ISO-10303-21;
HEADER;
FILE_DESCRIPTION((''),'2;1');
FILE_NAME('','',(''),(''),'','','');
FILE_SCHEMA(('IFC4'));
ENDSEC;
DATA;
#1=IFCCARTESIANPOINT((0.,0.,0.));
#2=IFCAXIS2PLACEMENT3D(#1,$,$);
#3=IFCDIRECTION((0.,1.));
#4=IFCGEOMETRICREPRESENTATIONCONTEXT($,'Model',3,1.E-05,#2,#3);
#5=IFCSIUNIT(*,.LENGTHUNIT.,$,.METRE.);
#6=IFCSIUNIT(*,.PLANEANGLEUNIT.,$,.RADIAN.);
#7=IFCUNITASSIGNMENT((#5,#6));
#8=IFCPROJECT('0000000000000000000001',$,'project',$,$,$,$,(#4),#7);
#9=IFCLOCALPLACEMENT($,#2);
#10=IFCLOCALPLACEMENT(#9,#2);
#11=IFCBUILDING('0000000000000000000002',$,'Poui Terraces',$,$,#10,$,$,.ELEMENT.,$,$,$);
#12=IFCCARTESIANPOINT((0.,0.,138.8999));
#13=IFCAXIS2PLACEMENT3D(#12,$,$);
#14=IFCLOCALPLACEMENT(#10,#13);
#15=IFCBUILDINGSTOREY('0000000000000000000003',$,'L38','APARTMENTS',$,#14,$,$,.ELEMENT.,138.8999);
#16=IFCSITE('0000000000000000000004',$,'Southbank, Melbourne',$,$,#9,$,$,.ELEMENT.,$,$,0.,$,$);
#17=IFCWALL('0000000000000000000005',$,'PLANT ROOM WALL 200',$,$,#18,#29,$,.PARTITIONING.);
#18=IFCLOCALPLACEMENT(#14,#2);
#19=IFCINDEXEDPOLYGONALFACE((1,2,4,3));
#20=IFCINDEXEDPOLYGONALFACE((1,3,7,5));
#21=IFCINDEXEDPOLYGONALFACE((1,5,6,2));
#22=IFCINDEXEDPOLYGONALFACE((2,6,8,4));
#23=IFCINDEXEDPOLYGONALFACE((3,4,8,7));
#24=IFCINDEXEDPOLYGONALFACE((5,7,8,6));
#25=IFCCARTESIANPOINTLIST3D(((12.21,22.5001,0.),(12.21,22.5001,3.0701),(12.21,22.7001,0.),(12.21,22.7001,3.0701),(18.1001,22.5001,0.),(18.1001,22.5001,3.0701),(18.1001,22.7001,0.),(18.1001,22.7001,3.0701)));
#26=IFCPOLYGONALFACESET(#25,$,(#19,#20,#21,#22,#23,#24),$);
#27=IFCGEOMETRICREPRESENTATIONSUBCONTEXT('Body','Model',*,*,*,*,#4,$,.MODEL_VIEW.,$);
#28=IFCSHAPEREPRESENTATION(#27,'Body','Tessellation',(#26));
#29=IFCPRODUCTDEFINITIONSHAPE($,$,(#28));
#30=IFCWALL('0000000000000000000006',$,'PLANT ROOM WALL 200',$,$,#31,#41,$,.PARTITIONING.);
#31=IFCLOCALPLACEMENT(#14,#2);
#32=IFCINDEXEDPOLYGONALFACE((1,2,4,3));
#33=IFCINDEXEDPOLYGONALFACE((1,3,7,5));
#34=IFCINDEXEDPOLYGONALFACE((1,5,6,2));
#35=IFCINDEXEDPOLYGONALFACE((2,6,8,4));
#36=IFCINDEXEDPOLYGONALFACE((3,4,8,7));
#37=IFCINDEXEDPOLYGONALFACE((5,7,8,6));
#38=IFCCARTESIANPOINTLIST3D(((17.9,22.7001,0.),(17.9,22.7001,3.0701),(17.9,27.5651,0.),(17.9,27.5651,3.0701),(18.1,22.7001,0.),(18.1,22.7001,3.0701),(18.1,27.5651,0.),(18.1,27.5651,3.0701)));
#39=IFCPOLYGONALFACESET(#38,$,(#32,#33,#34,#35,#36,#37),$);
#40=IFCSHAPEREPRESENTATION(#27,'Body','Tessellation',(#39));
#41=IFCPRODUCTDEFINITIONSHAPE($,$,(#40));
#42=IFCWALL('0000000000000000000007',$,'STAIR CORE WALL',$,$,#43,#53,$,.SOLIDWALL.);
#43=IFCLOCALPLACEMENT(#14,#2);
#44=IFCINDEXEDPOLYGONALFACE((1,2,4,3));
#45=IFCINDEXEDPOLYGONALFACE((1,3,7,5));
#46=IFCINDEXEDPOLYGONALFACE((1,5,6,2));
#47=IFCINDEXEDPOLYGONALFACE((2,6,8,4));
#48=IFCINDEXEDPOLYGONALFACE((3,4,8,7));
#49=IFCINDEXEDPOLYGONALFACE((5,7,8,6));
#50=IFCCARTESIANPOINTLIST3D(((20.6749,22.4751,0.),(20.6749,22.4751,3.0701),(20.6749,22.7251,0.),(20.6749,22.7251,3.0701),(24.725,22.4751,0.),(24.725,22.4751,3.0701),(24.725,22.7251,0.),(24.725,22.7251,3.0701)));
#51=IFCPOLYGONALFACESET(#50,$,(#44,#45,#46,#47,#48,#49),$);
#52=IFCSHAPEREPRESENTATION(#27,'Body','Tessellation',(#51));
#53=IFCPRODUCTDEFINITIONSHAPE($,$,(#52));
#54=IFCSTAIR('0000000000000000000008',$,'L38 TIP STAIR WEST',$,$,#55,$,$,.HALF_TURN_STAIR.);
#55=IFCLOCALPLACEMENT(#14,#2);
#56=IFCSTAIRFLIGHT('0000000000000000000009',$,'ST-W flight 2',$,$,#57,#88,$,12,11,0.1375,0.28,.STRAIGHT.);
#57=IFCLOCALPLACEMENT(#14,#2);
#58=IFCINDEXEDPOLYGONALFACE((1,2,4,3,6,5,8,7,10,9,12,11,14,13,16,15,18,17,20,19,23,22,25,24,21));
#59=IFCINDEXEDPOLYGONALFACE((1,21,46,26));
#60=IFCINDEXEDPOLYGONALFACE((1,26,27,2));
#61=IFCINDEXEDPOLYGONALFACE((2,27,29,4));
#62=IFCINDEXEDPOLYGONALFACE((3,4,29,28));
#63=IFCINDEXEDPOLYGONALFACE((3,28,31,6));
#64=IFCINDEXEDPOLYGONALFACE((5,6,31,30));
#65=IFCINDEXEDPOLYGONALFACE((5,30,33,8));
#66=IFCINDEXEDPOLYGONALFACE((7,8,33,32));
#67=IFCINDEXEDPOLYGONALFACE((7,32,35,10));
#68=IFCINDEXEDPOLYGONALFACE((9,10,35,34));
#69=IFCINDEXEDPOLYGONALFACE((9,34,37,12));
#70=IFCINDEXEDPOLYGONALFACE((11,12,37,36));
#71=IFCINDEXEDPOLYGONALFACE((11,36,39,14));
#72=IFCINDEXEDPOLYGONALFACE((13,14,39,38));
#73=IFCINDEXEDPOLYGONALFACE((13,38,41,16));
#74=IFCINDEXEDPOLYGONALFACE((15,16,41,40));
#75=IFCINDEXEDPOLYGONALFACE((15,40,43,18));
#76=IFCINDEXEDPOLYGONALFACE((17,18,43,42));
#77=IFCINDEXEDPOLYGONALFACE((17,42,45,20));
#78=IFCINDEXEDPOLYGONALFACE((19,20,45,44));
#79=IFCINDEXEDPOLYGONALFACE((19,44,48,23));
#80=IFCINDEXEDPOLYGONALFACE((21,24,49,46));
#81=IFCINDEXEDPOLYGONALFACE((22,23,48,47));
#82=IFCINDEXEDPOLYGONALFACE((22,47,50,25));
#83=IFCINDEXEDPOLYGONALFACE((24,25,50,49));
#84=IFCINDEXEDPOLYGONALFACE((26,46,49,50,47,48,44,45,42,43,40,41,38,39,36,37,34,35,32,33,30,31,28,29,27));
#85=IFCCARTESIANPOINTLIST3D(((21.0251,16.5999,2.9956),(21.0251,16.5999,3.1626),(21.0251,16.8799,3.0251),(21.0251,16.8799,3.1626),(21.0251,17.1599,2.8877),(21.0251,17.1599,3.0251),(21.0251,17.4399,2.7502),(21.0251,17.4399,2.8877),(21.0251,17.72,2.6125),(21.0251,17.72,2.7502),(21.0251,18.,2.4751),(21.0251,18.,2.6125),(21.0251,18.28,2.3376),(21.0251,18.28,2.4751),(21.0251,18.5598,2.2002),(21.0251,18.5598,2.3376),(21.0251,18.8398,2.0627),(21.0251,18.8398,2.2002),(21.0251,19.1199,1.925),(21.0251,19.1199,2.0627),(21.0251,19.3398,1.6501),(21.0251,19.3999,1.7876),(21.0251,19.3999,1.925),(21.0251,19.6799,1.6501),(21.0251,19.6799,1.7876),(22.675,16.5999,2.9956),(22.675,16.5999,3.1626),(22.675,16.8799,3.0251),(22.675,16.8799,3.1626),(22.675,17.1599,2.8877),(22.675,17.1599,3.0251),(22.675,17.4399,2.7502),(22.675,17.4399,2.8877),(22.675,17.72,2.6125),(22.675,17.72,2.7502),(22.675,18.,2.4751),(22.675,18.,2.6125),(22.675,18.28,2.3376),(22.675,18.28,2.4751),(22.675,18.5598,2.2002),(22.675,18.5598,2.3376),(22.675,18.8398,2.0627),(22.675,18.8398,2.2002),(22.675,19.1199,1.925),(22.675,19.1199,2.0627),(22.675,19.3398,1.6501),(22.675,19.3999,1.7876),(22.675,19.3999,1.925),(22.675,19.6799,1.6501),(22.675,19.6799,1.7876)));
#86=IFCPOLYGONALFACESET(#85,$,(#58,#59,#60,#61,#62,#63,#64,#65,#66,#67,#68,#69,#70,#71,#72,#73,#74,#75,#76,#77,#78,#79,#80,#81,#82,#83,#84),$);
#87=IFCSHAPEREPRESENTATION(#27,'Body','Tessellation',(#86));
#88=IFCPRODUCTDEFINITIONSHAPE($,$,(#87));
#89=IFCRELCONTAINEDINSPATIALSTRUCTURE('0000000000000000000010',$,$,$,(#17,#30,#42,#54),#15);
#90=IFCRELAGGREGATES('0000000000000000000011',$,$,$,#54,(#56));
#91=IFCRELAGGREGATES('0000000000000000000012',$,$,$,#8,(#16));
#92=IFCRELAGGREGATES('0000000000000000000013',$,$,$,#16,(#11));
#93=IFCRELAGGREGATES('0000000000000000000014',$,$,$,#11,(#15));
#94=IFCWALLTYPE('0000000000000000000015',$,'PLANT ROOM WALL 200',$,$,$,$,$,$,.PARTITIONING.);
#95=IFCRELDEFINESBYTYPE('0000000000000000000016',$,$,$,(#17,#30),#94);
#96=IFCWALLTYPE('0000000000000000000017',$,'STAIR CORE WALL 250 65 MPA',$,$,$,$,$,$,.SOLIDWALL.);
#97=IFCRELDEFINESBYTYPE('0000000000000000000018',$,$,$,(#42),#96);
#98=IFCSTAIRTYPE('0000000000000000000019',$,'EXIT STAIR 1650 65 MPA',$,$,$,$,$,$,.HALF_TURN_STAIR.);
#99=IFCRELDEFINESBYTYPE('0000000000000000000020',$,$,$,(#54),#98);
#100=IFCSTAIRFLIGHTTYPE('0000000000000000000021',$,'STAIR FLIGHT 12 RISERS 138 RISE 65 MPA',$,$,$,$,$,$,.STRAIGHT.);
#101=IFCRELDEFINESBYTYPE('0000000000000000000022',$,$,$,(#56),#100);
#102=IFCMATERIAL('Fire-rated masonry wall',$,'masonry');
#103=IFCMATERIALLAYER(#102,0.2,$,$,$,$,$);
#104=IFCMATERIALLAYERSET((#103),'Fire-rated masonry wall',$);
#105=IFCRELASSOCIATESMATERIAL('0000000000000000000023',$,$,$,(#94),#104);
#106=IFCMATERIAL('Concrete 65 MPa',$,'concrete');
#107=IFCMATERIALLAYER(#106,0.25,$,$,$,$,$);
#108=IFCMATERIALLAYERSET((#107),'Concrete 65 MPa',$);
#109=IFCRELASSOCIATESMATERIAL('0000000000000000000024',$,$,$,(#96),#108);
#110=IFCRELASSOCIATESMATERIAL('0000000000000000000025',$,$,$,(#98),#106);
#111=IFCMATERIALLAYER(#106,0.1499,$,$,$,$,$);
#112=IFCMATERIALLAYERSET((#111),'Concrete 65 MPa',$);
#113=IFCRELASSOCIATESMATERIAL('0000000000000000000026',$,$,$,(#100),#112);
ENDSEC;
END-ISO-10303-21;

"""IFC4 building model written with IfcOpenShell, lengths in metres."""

from ifc_helpers import new_model, si_unit, direction, frame, frame_2d, origin, place, context, subcontext, project, spatial, polyline, rectangle, outline, extrude, material, layer, layer_set, type_object, element, aggregate, save


model = new_model("IFC4")

# Units and contexts
model_context = context("Model", 3, precision=1e-05, world=origin(), true_north=direction((0.0, 1.0)))
body_context = subcontext(model_context, "Body", "Model", "MODEL_VIEW")
ifc_project = project(units=[si_unit("LENGTHUNIT", "METRE"), si_unit("PLANEANGLEUNIT", "RADIAN")], contexts=[model_context])

# Site, building, storey
site_placement = place(None, origin())
site = spatial("IfcSite", under=ifc_project, at=site_placement, Name="Southbank, Melbourne", CompositionType="ELEMENT", RefElevation=0.0)
building_placement = place(site_placement, origin())
building = spatial("IfcBuilding", under=site, at=building_placement, Name="Poui Terraces", CompositionType="ELEMENT")
storey_placement = place(building_placement, frame((0.0, 0.0, 138.8999)))
storey = spatial("IfcBuildingStorey", under=building, at=storey_placement, Name="L38", Description="APARTMENTS", CompositionType="ELEMENT", Elevation=138.8999)

# Walls
ifc_material_1 = material(Name="Fire-rated masonry wall", Category="masonry")
ifc_layer_1 = layer(ifc_material_1, 0.2)
ifc_layer_set_1 = layer_set([ifc_layer_1], Name="Fire-rated masonry wall")
wall_type_1 = type_object("IfcWallType", Name="PLANT ROOM WALL 200", PredefinedType="PARTITIONING", material=ifc_layer_set_1)
wall_1_placement = place(storey_placement, frame((12.21, 22.6001, 0.0), z_axis=(0.0, 0.0, 1.0), x_axis=(1.0, 0.0, 0.0)))
element("IfcWall", 1, at=wall_1_placement, inside=storey, type_object=wall_type_1, Name="PLANT ROOM WALL 200", PredefinedType="PARTITIONING", context=body_context, shape_type="SweptSolid", body=[
    extrude(rectangle(XDim=5.8901, YDim=0.2, at=frame_2d((2.9451, 0.0))), origin(), (0.0, 0.0, 1.0), 3.0701),
])
wall_2_placement = place(storey_placement, frame((18.0, 22.7, 0.0), z_axis=(0.0, 0.0, 1.0), x_axis=(0.0, 1.0, 0.0)))
element("IfcWall", 2, at=wall_2_placement, inside=storey, type_object=wall_type_1, Name="PLANT ROOM WALL 200", PredefinedType="PARTITIONING", context=body_context, shape_type="SweptSolid", body=[
    extrude(rectangle(XDim=4.865, YDim=0.2, at=frame_2d((2.4326, 0.0))), origin(), (0.0, 0.0, 1.0), 3.0701),
])
ifc_material_2 = material(Name="Concrete 65 MPa", Category="concrete")
ifc_layer_2 = layer(ifc_material_2, 0.25)
ifc_layer_set_2 = layer_set([ifc_layer_2], Name="Concrete 65 MPa")
wall_type_2 = type_object("IfcWallType", Name="STAIR CORE WALL 250 65 MPA", PredefinedType="SOLIDWALL", material=ifc_layer_set_2)
wall_3_placement = place(storey_placement, frame((20.675, 22.6001, 0.0), z_axis=(0.0, 0.0, 1.0), x_axis=(1.0, 0.0, 0.0)))
element("IfcWall", 3, at=wall_3_placement, inside=storey, type_object=wall_type_2, Name="STAIR CORE WALL", PredefinedType="SOLIDWALL", context=body_context, shape_type="SweptSolid", body=[
    extrude(rectangle(XDim=4.05, YDim=0.25, at=frame_2d((2.0249, 0.0))), origin(), (0.0, 0.0, 1.0), 3.0701),
])

# Stair, stair flight
stair_type = type_object("IfcStairType", Name="EXIT STAIR 1650 65 MPA", PredefinedType="HALF_TURN_STAIR", material=ifc_material_2)
stair_placement = place(storey_placement, origin())
stair = element("IfcStair", 4, at=stair_placement, inside=storey, type_object=stair_type, Name="L38 TIP STAIR WEST", PredefinedType="HALF_TURN_STAIR")
ifc_layer_3 = layer(ifc_material_2, 0.1499)
ifc_layer_set_3 = layer_set([ifc_layer_3], Name="Concrete 65 MPa")
stair_flight_type = type_object("IfcStairFlightType", Name="STAIR FLIGHT 12 RISERS 138 RISE 65 MPA", PredefinedType="STRAIGHT", material=ifc_layer_set_3)
stair_flight_placement = place(storey_placement, frame((21.8501, 19.6799, 1.6501), z_axis=(0.0, 0.0, 1.0), x_axis=(0.0, -1.0, 0.0)))
stair_flight = element("IfcStairFlight", 5, at=stair_flight_placement, type_object=stair_flight_type, Name="ST-W flight 2", NumberOfRisers=12, NumberOfTreads=11, PredefinedType="STRAIGHT", RiserHeight=0.1375, TreadLength=0.28, context=body_context, shape_type="SweptSolid", body=[
    extrude(outline(polyline([(0.0, 0.0), (0.0, 0.1375), (0.28, 0.1375), (0.28, 0.2749), (0.5601, 0.2749), (0.5601, 0.4126), (0.8401, 0.4126), (0.8401, 0.55), (1.1201, 0.55), (1.1201, 0.6875), (1.3999, 0.6875), (1.3999, 0.825), (1.6799, 0.825), (1.6799, 0.9624), (1.96, 0.9624), (1.96, 1.1001), (2.24, 1.1001), (2.24, 1.2375), (2.52, 1.2375), (2.52, 1.375), (2.8, 1.375), (2.8, 1.5125), (3.0801, 1.5125), (3.0801, 1.6499), (3.0801, 1.3455), (0.3401, 0.0), (0.0, 0.0)])), frame((0.0, 0.825, 0.0), z_axis=(0.0, -1.0, 0.0), x_axis=(1.0, 0.0, 0.0)), (0.0, 0.0, 1.0), 1.6499),
])
aggregate(stair, [stair_flight])

save(model, "model.ifc")
